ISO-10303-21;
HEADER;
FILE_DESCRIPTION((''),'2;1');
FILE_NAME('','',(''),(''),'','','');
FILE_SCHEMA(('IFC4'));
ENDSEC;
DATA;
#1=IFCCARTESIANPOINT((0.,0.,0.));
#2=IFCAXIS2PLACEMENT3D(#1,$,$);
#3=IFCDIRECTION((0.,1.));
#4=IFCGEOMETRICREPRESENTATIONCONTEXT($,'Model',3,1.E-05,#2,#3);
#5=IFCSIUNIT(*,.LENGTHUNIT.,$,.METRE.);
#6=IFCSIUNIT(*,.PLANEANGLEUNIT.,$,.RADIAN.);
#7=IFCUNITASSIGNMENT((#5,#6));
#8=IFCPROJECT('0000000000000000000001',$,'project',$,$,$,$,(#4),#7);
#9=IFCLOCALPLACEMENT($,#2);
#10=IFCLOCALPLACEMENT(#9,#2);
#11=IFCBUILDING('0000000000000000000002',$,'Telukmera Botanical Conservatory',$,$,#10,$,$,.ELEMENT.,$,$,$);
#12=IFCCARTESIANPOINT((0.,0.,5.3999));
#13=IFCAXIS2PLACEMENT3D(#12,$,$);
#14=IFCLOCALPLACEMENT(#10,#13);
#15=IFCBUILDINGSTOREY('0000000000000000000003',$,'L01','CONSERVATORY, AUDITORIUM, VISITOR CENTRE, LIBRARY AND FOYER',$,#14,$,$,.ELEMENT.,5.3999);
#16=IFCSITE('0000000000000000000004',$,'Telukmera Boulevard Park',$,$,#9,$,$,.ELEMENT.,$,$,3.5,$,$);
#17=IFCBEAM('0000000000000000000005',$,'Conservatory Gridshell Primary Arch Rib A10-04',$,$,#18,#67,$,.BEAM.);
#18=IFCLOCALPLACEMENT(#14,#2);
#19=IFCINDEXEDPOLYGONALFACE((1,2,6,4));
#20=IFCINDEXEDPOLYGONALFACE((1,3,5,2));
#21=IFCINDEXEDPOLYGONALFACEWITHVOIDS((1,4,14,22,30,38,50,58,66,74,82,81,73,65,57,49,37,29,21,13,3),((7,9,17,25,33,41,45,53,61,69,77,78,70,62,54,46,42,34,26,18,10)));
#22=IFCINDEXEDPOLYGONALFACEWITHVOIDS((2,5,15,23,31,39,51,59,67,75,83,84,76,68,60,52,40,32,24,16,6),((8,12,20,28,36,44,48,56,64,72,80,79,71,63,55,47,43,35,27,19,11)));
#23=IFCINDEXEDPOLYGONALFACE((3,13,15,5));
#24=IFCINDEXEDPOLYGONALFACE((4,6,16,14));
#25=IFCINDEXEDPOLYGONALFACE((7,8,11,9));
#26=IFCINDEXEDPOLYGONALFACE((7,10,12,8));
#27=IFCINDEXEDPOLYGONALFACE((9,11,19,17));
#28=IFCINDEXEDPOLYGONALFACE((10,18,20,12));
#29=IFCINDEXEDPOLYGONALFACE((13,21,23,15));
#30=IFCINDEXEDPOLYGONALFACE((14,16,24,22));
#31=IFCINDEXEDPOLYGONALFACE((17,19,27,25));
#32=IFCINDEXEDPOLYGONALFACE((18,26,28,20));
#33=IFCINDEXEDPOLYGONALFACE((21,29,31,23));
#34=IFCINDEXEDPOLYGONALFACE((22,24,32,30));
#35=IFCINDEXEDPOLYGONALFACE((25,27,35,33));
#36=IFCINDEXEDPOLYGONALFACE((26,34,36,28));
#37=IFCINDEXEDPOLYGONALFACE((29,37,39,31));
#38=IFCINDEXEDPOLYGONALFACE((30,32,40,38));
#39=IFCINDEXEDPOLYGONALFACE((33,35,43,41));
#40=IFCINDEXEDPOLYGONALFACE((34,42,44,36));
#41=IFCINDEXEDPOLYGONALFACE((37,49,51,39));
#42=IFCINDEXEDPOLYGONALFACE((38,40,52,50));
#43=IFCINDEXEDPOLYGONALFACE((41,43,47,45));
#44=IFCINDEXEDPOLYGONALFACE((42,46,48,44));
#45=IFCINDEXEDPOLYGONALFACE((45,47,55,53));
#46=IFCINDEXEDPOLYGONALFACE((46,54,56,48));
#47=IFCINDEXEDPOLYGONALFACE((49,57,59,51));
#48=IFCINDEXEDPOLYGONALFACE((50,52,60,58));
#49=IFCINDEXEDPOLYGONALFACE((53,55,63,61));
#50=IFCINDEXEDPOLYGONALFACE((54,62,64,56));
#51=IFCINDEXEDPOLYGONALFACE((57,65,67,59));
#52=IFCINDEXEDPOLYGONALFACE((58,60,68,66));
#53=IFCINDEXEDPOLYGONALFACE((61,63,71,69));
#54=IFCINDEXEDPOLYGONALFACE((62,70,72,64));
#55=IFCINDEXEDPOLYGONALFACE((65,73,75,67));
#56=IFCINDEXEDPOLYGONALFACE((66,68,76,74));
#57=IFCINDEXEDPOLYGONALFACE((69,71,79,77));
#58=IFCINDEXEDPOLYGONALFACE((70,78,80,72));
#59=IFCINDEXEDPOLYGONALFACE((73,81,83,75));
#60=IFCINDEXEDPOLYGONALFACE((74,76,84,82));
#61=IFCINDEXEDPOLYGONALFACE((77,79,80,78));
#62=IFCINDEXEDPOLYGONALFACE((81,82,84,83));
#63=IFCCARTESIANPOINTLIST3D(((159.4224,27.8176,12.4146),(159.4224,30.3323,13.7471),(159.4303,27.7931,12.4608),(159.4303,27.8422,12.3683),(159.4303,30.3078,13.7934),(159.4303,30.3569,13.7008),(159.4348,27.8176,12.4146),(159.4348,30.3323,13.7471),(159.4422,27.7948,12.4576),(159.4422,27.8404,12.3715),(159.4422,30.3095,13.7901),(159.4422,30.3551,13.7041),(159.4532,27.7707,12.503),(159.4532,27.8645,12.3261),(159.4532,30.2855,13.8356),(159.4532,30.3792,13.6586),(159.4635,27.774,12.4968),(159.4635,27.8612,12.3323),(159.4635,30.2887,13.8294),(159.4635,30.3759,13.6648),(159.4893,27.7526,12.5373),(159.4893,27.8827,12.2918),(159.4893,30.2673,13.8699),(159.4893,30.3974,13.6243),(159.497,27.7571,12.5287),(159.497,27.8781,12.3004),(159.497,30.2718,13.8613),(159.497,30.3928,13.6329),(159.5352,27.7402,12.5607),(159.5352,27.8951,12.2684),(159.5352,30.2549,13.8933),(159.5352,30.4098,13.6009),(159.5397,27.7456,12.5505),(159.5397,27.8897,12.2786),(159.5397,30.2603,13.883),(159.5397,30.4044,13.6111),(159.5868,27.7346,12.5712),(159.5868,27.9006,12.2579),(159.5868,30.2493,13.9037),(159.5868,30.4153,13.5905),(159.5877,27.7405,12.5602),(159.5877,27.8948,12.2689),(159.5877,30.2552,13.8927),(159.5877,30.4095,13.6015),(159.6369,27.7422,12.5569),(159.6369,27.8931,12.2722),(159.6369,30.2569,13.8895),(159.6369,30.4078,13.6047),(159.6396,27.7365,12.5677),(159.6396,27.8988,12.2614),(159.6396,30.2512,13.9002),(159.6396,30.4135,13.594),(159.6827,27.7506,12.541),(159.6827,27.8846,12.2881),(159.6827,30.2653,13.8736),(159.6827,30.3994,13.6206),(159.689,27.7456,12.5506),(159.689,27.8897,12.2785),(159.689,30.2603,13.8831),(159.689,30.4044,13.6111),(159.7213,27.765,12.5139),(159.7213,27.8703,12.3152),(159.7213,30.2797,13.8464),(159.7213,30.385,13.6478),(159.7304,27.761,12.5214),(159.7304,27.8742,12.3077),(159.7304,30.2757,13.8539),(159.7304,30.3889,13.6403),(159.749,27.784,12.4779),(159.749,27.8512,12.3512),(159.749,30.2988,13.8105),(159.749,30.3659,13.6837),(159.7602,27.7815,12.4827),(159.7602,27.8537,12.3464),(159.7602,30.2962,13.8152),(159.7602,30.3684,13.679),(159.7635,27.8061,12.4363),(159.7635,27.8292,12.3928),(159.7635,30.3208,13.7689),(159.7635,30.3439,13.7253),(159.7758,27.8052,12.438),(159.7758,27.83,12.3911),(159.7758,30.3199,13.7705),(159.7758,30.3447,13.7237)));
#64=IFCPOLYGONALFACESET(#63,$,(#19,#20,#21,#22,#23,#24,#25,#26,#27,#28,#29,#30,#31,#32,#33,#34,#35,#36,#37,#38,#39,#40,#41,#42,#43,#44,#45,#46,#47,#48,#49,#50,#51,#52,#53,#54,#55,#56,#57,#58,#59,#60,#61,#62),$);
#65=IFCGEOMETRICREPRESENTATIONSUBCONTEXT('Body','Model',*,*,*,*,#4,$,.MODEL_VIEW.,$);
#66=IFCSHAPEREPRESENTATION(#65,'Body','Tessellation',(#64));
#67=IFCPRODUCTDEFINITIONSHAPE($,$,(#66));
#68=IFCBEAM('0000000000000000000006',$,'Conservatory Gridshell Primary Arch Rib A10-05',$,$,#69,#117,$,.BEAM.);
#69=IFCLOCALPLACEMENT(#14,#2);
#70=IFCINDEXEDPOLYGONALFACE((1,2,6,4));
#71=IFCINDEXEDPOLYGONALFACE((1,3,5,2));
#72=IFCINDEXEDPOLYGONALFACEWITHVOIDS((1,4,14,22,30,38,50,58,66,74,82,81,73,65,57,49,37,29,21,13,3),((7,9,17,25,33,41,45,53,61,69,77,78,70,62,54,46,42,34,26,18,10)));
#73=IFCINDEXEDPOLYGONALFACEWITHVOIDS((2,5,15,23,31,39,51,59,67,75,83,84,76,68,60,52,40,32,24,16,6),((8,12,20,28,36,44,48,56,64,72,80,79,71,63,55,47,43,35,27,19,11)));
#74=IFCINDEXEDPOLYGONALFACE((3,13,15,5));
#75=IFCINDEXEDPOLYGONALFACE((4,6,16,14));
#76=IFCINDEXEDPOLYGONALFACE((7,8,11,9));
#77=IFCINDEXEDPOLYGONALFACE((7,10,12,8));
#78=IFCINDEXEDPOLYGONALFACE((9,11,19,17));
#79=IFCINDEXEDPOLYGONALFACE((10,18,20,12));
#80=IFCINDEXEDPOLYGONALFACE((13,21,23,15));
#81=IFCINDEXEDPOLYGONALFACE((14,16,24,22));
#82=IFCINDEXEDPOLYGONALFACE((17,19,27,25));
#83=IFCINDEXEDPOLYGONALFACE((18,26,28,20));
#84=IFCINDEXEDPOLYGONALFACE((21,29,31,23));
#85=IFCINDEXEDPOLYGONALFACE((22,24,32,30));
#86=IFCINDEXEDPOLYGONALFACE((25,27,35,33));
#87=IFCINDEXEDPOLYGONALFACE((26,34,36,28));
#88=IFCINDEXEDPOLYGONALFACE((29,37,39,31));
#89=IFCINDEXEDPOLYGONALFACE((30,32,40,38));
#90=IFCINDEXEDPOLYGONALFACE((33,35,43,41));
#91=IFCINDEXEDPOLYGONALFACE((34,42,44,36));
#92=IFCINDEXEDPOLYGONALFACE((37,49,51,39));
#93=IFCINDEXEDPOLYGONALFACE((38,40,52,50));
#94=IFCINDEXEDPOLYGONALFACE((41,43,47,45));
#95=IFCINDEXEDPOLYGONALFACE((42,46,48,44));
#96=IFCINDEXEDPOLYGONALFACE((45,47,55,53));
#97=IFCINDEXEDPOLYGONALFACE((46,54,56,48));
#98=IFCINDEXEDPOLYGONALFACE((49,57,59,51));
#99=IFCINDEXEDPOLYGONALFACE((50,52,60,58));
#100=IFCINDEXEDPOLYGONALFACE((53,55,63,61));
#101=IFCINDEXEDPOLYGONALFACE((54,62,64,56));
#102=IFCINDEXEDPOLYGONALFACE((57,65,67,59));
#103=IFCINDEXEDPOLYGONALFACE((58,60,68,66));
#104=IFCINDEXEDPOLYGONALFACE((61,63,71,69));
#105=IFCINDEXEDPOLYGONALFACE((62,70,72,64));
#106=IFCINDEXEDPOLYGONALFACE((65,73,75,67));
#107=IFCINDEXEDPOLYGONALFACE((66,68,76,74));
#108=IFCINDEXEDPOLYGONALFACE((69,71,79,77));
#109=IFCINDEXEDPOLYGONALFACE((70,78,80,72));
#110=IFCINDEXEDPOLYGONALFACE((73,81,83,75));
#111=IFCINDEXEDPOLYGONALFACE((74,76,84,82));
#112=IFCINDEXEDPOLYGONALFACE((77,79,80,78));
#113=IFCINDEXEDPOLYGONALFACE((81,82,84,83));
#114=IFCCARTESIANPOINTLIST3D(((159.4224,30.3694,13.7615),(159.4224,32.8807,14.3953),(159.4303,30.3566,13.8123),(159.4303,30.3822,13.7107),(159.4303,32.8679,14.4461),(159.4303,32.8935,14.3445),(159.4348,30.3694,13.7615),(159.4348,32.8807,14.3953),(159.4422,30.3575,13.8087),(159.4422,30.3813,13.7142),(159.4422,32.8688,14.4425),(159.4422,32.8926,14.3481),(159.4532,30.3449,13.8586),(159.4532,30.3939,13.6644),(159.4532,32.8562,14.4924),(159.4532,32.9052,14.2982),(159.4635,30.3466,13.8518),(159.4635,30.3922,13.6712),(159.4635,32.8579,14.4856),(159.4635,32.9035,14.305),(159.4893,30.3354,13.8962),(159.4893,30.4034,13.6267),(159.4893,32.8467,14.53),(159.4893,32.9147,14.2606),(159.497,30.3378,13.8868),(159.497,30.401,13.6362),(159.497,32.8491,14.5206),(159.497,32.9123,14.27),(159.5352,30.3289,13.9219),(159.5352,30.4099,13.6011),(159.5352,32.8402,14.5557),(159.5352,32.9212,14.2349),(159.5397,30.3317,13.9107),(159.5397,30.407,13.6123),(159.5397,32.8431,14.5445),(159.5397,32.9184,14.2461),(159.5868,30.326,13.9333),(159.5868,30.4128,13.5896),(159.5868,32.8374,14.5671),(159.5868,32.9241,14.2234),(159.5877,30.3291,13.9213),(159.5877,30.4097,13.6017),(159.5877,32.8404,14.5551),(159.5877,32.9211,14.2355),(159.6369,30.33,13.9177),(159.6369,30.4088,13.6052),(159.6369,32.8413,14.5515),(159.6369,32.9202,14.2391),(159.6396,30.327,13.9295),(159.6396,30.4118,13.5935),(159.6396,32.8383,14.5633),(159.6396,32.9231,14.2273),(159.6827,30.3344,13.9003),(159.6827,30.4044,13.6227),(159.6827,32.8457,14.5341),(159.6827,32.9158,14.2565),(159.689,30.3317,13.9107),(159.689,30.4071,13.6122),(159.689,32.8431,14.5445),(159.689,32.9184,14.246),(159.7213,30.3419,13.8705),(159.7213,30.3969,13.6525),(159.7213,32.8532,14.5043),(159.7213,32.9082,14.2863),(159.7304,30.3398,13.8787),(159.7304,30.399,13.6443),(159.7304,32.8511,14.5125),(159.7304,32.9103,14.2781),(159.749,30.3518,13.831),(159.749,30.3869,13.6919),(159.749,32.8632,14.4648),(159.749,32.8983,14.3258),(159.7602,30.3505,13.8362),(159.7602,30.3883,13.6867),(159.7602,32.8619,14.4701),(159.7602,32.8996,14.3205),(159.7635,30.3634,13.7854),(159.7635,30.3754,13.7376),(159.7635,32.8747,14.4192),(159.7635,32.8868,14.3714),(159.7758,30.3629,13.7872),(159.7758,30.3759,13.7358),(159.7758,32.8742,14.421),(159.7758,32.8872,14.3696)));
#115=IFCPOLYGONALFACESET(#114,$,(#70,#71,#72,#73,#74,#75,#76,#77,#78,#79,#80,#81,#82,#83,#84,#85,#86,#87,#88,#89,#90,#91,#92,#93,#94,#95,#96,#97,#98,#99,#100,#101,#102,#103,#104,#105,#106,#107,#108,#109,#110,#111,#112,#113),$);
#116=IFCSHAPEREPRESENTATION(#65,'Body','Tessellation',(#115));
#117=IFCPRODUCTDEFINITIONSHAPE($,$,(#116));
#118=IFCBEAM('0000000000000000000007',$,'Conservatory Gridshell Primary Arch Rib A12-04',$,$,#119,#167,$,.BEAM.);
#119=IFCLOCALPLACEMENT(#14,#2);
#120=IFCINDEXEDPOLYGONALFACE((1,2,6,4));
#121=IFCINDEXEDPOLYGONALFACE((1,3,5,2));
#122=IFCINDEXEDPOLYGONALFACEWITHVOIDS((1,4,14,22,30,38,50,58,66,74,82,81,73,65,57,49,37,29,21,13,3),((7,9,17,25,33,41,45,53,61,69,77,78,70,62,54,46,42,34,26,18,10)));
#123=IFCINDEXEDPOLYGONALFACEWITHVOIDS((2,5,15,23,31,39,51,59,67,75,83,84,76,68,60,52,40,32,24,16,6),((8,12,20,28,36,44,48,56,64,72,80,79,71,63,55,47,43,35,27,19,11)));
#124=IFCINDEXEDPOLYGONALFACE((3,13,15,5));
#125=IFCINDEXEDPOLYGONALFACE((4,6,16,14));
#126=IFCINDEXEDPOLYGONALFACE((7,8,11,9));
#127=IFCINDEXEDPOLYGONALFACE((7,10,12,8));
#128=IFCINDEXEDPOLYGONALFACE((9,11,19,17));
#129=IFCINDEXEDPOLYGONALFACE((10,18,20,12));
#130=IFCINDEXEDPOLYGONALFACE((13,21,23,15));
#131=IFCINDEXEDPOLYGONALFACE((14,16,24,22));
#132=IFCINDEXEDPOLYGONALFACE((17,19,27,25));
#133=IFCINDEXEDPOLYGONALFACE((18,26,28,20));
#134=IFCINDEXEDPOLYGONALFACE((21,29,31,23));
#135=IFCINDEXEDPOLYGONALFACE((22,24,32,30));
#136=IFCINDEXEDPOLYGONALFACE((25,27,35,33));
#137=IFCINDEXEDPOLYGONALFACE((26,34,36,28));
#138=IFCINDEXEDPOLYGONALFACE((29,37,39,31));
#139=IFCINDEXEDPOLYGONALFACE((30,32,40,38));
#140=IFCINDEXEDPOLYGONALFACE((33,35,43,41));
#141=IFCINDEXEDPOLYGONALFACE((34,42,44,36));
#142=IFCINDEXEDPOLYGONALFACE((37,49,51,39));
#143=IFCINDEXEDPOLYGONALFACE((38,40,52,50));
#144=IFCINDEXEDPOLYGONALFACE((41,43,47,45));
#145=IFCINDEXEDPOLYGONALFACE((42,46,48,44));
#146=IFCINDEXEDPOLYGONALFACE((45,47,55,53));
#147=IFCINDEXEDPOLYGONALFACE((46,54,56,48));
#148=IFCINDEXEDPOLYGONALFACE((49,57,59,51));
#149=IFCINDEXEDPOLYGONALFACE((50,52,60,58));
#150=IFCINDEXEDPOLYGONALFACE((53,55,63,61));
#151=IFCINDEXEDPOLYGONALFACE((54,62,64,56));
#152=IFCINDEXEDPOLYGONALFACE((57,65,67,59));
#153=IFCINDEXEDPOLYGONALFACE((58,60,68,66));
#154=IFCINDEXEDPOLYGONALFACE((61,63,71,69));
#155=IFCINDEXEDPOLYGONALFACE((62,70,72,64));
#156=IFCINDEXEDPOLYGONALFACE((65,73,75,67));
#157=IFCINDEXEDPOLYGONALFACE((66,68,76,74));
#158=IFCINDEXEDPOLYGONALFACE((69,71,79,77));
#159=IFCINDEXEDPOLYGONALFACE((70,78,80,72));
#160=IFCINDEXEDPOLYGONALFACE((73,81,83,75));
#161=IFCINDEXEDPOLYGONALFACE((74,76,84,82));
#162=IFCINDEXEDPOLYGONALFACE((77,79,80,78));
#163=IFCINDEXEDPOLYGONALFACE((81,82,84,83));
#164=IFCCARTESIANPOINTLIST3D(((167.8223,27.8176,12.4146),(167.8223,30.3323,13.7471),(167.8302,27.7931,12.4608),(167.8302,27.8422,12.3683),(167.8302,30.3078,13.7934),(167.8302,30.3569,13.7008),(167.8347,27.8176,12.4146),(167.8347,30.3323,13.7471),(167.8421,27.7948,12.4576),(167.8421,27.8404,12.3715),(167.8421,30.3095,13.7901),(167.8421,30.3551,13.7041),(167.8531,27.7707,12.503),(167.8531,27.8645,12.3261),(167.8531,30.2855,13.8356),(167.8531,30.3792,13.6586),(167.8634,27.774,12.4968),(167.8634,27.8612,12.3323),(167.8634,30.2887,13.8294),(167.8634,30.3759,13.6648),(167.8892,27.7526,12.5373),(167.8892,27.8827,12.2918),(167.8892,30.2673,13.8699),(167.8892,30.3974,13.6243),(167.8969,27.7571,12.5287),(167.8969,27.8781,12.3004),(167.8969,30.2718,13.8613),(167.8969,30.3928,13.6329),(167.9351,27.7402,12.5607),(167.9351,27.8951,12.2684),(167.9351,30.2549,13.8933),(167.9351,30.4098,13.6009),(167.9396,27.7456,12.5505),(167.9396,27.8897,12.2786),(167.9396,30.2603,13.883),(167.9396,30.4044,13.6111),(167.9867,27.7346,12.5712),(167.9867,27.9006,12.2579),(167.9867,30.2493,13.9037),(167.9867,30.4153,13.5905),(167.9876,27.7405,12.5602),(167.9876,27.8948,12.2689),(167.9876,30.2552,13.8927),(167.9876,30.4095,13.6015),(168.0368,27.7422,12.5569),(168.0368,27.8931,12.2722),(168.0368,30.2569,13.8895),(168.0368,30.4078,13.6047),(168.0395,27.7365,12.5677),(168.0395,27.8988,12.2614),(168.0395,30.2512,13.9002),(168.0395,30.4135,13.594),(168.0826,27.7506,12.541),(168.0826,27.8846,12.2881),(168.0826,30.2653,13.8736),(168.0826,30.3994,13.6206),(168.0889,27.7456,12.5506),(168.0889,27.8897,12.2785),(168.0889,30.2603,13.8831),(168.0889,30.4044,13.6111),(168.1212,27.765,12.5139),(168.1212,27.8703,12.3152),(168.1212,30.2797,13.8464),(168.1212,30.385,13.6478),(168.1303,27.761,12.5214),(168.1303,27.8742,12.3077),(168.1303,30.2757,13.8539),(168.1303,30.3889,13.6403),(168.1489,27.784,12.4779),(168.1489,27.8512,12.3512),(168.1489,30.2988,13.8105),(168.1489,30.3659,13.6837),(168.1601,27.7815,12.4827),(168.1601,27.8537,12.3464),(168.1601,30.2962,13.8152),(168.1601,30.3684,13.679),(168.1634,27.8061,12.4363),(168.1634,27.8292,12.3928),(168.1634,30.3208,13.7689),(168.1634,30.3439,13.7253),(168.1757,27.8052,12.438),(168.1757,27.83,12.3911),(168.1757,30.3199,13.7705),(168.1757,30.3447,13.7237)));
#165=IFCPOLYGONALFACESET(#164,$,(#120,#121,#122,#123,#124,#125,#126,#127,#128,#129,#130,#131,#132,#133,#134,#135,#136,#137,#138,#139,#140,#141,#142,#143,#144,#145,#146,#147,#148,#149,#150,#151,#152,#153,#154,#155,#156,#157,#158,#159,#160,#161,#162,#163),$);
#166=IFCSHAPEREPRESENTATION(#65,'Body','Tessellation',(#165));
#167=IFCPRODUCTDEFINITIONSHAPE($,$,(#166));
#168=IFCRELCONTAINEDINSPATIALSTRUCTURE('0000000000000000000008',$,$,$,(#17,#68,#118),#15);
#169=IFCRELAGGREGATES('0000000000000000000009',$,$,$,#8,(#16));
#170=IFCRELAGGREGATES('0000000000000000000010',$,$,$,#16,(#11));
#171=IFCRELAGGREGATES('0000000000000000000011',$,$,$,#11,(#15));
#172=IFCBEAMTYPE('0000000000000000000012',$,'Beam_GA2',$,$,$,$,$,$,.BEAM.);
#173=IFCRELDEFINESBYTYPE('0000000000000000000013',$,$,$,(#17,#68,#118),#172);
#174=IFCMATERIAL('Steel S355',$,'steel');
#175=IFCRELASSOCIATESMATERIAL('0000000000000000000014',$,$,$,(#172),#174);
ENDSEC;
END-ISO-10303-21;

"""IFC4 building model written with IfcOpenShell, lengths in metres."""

from ifc_helpers import new_model, si_unit, direction, frame, origin, origin_2d, place, context, subcontext, project, spatial, hollow_circle, extrude, material, material_profile, profile_set, type_object, element, save


model = new_model("IFC4")

# Units and contexts
model_context = context("Model", 3, precision=1e-05, world=origin(), true_north=direction((0.0, 1.0)))
body_context = subcontext(model_context, "Body", "Model", "MODEL_VIEW")
ifc_project = project(units=[si_unit("LENGTHUNIT", "METRE"), si_unit("PLANEANGLEUNIT", "RADIAN")], contexts=[model_context])

# Site, building, storey
site_placement = place(None, origin())
site = spatial("IfcSite", under=ifc_project, at=site_placement, Name="Telukmera Boulevard Park", CompositionType="ELEMENT", RefElevation=3.5)
building_placement = place(site_placement, origin())
building = spatial("IfcBuilding", under=site, at=building_placement, Name="Telukmera Botanical Conservatory", CompositionType="ELEMENT")
storey_placement = place(building_placement, frame((0.0, 0.0, 5.3999)))
storey = spatial("IfcBuildingStorey", under=building, at=storey_placement, Name="L01", Description="CONSERVATORY, AUDITORIUM, VISITOR CENTRE, LIBRARY AND FOYER", CompositionType="ELEMENT", Elevation=5.3999)

# Beams
ifc_material = material(Name="Steel S355", Category="steel")
ifc_material_profile_1 = material_profile(ifc_material, hollow_circle(Radius=0.1777, WallThickness=0.0125, at=origin_2d()), Name="CHS 355.6x12.5")
ifc_profile_set_1 = profile_set([ifc_material_profile_1], Name="Steel S355")
beam_type = type_object("IfcBeamType", Name="Beam_GA2", PredefinedType="BEAM", material=ifc_profile_set_1)
beam_1_placement = place(storey_placement, frame((159.6001, 27.8176, 12.4146), z_axis=(0.0, 0.883608, 0.468227), x_axis=(-1.0, 0.0, 0.0)))
element("IfcBeam", 1, at=beam_1_placement, inside=storey, type_object=beam_type, Name="Conservatory Gridshell Primary Arch Rib A10-04", PredefinedType="BEAM", context=body_context, shape_type="SweptSolid", body=[
    extrude(hollow_circle(Radius=0.1777, WallThickness=0.0125, at=origin_2d()), origin(), (0.0, 0.0, 1.0), 2.8459),
])
beam_2_placement = place(storey_placement, frame((159.6001, 30.3694, 13.7615), z_axis=(0.0, 0.969597, 0.244709), x_axis=(-1.0, 0.0, 0.0)))
element("IfcBeam", 2, at=beam_2_placement, inside=storey, type_object=beam_type, Name="Conservatory Gridshell Primary Arch Rib A10-05", PredefinedType="BEAM", context=body_context, shape_type="SweptSolid", body=[
    extrude(hollow_circle(Radius=0.1777, WallThickness=0.0125, at=origin_2d()), origin(), (0.0, 0.0, 1.0), 2.5901),
])
beam_3_placement = place(storey_placement, frame((168.0, 27.8176, 12.4146), z_axis=(0.0, 0.883608, 0.468227), x_axis=(-1.0, 0.0, 0.0)))
element("IfcBeam", 3, at=beam_3_placement, inside=storey, type_object=beam_type, Name="Conservatory Gridshell Primary Arch Rib A12-04", PredefinedType="BEAM", context=body_context, shape_type="SweptSolid", body=[
    extrude(hollow_circle(Radius=0.1777, WallThickness=0.0125, at=origin_2d()), origin(), (0.0, 0.0, 1.0), 2.8459),
])

save(model, "model.ifc")
